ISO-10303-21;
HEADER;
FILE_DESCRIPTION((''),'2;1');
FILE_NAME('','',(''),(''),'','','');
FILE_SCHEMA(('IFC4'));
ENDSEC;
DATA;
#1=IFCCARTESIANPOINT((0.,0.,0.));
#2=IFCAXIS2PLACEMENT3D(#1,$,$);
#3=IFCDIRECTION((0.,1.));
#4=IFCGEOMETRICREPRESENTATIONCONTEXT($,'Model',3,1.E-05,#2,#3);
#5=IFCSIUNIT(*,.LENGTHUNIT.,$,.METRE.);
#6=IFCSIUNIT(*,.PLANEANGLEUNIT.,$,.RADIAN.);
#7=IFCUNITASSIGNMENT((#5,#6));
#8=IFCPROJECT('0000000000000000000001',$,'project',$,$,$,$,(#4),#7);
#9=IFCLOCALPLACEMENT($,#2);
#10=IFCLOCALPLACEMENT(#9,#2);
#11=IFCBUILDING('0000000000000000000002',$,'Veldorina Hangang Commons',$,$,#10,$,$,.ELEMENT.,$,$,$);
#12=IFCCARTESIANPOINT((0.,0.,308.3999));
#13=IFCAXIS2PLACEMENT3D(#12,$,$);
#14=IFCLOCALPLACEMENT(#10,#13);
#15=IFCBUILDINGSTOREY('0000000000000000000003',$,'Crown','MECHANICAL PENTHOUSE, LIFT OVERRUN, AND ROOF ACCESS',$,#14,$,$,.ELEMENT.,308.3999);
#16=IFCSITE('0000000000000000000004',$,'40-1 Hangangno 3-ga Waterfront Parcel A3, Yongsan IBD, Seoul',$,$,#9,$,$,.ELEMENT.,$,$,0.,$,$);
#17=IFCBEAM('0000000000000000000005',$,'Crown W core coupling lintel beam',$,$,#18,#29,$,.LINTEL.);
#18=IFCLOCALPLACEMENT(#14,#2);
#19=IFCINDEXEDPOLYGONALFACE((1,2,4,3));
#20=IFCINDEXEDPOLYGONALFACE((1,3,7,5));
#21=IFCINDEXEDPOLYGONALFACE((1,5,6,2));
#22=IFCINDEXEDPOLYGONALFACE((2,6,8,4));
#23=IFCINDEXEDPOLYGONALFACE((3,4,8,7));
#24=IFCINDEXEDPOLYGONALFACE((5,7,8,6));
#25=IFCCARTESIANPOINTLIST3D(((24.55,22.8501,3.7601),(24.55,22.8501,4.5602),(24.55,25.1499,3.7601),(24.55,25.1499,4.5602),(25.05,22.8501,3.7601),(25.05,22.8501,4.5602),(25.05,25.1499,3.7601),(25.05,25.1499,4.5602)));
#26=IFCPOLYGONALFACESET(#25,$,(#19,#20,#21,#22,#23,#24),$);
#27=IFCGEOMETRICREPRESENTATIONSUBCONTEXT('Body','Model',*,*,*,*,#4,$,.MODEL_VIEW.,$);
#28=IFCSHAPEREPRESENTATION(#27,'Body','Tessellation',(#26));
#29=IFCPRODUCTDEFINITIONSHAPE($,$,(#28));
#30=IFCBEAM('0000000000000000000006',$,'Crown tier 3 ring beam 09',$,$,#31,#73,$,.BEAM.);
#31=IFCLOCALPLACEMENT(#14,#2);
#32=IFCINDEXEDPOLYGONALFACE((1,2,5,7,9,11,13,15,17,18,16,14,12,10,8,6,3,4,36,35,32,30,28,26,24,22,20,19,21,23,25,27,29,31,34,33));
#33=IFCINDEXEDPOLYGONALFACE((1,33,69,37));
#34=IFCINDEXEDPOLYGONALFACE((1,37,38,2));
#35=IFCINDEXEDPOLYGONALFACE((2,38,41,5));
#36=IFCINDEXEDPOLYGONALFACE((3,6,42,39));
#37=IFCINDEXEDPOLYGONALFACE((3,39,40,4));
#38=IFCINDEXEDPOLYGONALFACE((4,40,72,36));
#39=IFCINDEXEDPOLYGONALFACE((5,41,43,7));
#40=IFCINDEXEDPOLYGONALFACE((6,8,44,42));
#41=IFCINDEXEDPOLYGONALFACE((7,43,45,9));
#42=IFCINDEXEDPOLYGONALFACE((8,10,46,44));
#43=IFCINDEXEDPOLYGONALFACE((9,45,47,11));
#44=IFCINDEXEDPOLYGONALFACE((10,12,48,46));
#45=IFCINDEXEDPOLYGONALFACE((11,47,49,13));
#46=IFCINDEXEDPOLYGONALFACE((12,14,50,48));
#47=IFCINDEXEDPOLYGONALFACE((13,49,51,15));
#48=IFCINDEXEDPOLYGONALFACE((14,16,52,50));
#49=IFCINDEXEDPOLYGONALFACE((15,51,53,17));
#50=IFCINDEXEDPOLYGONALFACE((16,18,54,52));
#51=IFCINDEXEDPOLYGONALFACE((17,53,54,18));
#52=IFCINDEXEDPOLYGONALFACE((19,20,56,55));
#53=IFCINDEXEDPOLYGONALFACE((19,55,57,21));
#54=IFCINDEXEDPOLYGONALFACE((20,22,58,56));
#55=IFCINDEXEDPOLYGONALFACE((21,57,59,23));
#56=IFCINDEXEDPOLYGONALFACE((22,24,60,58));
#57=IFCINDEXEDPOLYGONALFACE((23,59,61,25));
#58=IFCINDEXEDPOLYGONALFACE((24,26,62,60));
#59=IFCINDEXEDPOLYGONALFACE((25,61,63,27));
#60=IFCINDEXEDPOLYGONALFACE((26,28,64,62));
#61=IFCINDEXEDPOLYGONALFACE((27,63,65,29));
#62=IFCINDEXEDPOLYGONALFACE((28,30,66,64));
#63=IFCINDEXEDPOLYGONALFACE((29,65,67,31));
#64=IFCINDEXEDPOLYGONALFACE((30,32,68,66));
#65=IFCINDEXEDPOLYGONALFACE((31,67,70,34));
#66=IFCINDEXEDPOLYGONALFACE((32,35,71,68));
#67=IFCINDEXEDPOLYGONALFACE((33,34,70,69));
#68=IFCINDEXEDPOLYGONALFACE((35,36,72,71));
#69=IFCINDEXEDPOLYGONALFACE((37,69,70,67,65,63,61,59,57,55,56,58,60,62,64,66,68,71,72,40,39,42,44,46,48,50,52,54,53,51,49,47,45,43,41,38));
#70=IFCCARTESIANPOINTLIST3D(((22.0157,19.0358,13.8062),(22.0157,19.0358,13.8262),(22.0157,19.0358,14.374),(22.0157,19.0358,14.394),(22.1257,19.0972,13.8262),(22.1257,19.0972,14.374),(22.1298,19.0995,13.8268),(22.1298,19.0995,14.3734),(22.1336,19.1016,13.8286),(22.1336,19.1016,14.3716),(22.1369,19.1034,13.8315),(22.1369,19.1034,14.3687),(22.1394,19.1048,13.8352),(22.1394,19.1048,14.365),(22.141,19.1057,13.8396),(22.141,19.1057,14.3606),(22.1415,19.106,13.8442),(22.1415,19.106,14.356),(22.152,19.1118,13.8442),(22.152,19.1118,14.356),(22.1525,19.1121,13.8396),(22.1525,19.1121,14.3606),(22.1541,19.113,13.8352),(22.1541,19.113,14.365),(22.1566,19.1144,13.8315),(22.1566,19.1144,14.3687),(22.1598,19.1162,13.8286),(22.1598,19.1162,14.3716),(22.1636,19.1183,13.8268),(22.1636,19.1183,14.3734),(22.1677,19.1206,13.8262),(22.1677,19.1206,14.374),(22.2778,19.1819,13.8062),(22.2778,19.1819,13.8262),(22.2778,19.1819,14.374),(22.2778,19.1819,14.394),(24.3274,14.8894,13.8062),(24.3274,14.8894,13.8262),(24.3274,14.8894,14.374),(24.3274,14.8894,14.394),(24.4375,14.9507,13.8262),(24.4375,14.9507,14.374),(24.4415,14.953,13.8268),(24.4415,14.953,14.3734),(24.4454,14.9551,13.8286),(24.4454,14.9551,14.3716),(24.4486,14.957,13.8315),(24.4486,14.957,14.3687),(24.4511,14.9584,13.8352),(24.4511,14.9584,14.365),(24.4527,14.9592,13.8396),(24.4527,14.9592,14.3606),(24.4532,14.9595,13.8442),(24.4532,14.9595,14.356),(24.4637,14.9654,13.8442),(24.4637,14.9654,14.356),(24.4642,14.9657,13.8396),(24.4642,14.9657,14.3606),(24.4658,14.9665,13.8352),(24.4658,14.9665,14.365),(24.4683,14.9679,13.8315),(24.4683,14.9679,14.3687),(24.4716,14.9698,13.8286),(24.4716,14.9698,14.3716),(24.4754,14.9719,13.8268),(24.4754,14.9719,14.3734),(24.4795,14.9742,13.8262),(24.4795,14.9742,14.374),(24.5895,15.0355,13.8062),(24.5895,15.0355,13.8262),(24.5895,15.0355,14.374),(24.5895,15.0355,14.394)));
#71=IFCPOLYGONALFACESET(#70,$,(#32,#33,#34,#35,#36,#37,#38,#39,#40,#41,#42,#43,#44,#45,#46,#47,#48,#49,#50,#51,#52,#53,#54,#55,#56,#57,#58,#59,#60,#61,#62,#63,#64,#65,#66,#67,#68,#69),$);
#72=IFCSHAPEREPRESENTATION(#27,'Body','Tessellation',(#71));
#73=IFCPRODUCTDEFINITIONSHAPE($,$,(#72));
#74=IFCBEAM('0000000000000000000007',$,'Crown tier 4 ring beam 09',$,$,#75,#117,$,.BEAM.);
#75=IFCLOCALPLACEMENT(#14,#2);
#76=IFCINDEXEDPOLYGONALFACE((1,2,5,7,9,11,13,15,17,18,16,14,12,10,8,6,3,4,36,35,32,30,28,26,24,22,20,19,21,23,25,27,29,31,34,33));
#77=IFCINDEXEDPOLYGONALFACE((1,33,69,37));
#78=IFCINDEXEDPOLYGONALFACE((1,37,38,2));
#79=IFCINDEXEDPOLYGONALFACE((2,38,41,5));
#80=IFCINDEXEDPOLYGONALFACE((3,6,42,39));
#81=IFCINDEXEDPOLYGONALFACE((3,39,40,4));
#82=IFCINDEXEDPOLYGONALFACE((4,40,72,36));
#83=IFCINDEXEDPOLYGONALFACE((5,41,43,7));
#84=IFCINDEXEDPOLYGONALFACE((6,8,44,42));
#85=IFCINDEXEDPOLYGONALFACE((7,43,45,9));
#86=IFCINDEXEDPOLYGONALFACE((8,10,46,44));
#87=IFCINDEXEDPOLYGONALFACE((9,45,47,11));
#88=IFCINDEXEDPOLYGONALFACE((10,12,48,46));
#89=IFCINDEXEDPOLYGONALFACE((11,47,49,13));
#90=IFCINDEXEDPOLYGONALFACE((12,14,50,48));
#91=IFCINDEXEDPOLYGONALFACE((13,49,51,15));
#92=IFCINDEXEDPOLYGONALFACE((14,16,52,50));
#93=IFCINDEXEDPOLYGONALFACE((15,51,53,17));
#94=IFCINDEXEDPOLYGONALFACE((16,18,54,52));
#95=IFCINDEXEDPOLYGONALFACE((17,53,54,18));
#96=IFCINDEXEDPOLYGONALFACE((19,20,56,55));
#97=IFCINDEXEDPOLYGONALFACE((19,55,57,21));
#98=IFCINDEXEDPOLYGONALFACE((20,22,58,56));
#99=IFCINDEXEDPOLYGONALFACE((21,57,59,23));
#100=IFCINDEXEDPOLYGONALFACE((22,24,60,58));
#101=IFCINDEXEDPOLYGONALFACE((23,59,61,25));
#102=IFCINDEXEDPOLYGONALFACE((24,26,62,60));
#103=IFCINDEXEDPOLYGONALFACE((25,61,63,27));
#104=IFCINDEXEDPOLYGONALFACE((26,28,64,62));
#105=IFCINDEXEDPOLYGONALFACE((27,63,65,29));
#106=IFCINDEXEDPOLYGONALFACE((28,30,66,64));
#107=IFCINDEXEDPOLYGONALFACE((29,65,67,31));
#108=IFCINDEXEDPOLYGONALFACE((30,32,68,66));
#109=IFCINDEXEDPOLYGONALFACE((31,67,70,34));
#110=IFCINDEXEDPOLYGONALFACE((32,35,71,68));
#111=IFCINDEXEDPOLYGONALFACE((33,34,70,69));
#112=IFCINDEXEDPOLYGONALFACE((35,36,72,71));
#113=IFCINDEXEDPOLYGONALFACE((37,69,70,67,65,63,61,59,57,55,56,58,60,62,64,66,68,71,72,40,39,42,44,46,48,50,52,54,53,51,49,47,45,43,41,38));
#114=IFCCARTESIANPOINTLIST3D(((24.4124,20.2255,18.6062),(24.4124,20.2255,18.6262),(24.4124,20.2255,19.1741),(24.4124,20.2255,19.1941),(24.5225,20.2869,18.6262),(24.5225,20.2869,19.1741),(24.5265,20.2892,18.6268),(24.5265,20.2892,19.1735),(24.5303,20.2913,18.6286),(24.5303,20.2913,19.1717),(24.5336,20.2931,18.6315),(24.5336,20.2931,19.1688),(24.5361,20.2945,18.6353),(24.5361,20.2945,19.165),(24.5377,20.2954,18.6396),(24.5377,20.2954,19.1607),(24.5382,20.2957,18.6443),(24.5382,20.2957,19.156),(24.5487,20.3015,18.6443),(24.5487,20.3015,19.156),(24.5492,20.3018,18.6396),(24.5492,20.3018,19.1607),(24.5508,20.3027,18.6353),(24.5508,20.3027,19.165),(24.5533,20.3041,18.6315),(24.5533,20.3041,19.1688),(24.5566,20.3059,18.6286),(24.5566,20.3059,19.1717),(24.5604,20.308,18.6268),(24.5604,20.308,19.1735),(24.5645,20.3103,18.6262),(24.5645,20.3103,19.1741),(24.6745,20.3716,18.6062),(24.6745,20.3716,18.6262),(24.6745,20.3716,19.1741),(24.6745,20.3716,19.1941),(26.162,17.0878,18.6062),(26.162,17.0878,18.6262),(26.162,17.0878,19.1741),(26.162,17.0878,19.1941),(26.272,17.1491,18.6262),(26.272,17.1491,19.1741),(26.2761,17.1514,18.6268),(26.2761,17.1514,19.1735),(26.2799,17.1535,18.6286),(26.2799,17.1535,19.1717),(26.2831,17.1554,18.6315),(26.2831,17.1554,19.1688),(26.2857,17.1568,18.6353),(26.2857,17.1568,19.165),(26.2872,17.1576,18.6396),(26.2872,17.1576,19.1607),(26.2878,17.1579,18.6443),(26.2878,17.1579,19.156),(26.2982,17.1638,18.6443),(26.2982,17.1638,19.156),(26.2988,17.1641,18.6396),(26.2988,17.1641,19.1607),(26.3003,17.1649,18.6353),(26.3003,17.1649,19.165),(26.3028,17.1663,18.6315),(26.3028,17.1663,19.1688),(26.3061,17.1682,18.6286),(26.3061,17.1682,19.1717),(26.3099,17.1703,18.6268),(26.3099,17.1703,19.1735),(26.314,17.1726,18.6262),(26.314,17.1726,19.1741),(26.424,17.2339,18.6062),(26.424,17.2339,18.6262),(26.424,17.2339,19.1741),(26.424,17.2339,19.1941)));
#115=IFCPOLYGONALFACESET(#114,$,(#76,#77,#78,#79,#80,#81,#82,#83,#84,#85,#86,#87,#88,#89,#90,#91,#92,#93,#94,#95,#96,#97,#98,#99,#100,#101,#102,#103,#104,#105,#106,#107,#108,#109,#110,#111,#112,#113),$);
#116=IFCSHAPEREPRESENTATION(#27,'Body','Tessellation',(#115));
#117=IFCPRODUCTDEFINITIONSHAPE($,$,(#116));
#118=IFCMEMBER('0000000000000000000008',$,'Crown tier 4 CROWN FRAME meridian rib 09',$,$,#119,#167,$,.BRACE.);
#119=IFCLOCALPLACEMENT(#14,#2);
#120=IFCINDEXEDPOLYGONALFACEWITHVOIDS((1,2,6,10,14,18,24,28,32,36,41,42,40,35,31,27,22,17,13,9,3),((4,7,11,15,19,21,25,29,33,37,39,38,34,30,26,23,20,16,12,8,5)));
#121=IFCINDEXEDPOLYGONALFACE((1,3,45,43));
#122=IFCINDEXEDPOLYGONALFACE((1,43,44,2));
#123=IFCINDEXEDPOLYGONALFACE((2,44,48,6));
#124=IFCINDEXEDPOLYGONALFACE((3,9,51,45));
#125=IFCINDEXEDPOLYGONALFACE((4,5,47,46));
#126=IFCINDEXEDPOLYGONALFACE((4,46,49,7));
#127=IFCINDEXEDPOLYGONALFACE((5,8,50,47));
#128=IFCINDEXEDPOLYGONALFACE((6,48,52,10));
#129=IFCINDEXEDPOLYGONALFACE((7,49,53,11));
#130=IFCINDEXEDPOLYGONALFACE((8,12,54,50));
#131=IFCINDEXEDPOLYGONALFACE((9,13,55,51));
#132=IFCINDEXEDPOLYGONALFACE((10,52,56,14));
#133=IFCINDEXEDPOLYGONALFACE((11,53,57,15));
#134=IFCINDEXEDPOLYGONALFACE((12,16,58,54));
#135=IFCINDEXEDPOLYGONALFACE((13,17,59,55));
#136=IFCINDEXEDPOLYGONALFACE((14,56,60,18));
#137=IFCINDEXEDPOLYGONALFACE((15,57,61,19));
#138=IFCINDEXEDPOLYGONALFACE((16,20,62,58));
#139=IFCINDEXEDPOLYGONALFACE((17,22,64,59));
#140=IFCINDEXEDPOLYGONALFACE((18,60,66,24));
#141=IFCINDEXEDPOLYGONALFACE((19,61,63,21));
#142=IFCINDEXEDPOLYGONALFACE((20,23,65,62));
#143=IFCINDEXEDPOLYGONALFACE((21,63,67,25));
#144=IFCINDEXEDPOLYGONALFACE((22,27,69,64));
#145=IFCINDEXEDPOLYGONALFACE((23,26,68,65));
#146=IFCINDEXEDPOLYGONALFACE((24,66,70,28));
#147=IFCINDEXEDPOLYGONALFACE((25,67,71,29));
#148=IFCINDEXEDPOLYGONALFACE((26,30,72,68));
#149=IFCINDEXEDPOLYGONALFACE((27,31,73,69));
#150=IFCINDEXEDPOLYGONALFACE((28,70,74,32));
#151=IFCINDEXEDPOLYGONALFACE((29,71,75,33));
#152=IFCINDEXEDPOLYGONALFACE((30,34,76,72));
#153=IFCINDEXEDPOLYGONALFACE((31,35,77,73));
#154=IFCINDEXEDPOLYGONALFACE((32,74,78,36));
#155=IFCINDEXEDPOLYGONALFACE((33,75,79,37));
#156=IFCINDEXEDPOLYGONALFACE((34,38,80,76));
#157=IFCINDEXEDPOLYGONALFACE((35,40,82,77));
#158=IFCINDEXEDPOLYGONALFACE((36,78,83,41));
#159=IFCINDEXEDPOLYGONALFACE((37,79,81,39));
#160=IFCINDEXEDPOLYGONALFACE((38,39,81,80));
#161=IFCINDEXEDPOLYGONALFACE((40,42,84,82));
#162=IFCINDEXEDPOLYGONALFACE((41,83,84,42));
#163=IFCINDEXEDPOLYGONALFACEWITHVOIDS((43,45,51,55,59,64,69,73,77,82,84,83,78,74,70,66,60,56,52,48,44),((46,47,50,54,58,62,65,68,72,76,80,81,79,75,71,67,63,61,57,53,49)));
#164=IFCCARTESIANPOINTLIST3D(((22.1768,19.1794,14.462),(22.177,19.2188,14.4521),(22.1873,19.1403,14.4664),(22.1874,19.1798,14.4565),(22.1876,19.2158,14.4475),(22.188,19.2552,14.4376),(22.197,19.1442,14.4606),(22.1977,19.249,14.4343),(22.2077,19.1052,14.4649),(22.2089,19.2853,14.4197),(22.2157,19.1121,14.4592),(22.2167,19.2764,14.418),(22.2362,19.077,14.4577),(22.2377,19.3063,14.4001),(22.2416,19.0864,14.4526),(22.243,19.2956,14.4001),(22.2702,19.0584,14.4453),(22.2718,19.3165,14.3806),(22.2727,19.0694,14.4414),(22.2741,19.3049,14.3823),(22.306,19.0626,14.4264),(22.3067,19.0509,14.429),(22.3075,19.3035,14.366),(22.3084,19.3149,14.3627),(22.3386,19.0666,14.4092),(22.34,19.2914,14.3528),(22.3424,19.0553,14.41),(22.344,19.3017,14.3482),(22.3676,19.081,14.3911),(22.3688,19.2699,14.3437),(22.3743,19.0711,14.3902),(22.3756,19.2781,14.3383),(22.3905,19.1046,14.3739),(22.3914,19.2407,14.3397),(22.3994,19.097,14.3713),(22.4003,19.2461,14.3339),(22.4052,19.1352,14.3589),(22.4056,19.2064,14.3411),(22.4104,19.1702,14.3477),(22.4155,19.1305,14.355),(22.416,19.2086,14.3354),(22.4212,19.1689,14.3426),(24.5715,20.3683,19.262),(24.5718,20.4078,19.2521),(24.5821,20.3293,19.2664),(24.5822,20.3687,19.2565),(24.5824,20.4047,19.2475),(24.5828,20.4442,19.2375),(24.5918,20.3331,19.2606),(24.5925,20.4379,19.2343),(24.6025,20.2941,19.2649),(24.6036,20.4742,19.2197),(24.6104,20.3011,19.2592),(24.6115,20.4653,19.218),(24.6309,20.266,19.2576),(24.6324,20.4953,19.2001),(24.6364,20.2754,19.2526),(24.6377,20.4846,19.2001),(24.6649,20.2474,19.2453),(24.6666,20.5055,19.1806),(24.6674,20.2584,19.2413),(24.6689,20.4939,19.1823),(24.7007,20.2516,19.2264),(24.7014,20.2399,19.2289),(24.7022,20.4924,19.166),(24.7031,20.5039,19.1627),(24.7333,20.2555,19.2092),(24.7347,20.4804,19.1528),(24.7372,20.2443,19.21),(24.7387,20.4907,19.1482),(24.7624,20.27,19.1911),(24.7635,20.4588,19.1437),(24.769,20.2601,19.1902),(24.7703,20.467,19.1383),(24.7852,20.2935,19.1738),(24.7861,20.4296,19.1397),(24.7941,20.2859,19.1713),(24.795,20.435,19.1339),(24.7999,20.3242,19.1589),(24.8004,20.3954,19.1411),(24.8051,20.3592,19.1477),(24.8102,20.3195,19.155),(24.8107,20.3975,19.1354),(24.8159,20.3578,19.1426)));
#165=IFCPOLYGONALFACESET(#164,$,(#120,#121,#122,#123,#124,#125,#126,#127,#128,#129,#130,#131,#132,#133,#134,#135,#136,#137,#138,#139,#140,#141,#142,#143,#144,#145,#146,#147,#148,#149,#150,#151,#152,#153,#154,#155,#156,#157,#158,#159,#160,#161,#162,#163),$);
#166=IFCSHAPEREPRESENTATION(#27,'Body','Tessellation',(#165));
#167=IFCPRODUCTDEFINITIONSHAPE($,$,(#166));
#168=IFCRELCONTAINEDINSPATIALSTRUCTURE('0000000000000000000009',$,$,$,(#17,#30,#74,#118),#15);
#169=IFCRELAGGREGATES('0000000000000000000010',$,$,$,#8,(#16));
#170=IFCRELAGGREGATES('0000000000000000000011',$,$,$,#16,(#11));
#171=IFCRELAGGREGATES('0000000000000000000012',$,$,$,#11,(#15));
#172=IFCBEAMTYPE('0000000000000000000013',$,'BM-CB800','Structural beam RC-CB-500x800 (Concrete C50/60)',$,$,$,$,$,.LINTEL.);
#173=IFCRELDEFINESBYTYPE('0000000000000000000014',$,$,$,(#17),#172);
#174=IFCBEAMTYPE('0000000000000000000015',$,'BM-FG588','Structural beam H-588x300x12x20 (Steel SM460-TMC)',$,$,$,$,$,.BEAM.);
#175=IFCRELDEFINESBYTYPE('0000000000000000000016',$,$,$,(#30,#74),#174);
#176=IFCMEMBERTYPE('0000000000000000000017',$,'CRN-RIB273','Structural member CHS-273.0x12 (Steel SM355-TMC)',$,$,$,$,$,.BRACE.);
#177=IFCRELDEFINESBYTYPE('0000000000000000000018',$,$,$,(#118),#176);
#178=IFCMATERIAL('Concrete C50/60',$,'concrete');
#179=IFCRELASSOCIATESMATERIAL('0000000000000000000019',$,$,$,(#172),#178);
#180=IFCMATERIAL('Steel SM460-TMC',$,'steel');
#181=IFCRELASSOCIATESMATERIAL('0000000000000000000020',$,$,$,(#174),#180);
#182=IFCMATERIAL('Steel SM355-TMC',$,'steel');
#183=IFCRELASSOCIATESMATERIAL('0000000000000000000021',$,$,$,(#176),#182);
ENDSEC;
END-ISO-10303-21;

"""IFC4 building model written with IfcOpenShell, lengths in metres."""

from ifc_helpers import new_model, si_unit, direction, frame, origin, origin_2d, place, context, subcontext, project, spatial, rectangle, hollow_circle, i_section, extrude, material, material_profile, profile_set, type_object, element, save


model = new_model("IFC4")

# Units and contexts
model_context = context("Model", 3, precision=1e-05, world=origin(), true_north=direction((0.0, 1.0)))
body_context = subcontext(model_context, "Body", "Model", "MODEL_VIEW")
ifc_project = project(units=[si_unit("LENGTHUNIT", "METRE"), si_unit("PLANEANGLEUNIT", "RADIAN")], contexts=[model_context])

# Site, building, storey
site_placement = place(None, origin())
site = spatial("IfcSite", under=ifc_project, at=site_placement, Name="40-1 Hangangno 3-ga Waterfront Parcel A3, Yongsan IBD, Seoul", CompositionType="ELEMENT", RefElevation=0.0)
building_placement = place(site_placement, origin())
building = spatial("IfcBuilding", under=site, at=building_placement, Name="Veldorina Hangang Commons", CompositionType="ELEMENT")
storey_placement = place(building_placement, frame((0.0, 0.0, 308.3999)))
storey = spatial("IfcBuildingStorey", under=building, at=storey_placement, Name="Crown", Description="MECHANICAL PENTHOUSE, LIFT OVERRUN, AND ROOF ACCESS", CompositionType="ELEMENT", Elevation=308.3999)

# Beams
ifc_material_1 = material(Name="Concrete C50/60", Category="concrete")
ifc_material_profile_1 = material_profile(ifc_material_1, rectangle(XDim=0.5, YDim=0.8, at=origin_2d()), Name="RC-CB-500x800")
ifc_profile_set_1 = profile_set([ifc_material_profile_1], Name="Concrete C50/60")
beam_type_1 = type_object("IfcBeamType", Name="BM-CB800", Description="Structural beam RC-CB-500x800 (Concrete C50/60)", PredefinedType="LINTEL", material=ifc_profile_set_1)
beam_1_placement = place(storey_placement, frame((24.8, 22.8501, 4.1602), z_axis=(0.0, 1.0, 0.0), x_axis=(-1.0, 0.0, 0.0)))
element("IfcBeam", 1, at=beam_1_placement, inside=storey, type_object=beam_type_1, Name="Crown W core coupling lintel beam", PredefinedType="LINTEL", context=body_context, shape_type="SweptSolid", body=[
    extrude(rectangle(XDim=0.5, YDim=0.8, at=origin_2d()), origin(), (0.0, 0.0, 1.0), 2.2998),
])
ifc_material_2 = material(Name="Steel SM460-TMC", Category="steel")
ifc_material_profile_2 = material_profile(ifc_material_2, i_section(OverallWidth=0.3, OverallDepth=0.5879, WebThickness=0.012, FlangeThickness=0.02, FilletRadius=0.0181, at=origin_2d()), Name="H-588x300x12x20")
ifc_profile_set_2 = profile_set([ifc_material_profile_2], Name="Steel SM460-TMC")
beam_type_2 = type_object("IfcBeamType", Name="BM-FG588", Description="Structural beam H-588x300x12x20 (Steel SM460-TMC)", PredefinedType="BEAM", material=ifc_profile_set_2)
beam_2_placement = place(storey_placement, frame((22.1467, 19.1089, 14.1001), z_axis=(0.486957, -0.873426, 0.0), x_axis=(0.873426, 0.486957, 0.0)))
element("IfcBeam", 2, at=beam_2_placement, inside=storey, type_object=beam_type_2, Name="Crown tier 3 ring beam 09", PredefinedType="BEAM", context=body_context, shape_type="SweptSolid", body=[
    extrude(i_section(OverallWidth=0.3, OverallDepth=0.5879, WebThickness=0.012, FlangeThickness=0.02, FilletRadius=0.0181, at=origin_2d()), origin(), (0.0, 0.0, 1.0), 4.7473),
])
beam_3_placement = place(storey_placement, frame((24.5435, 20.2986, 18.9001), z_axis=(0.486993, -0.873406, 0.0), x_axis=(0.873406, 0.486993, 0.0)))
element("IfcBeam", 3, at=beam_3_placement, inside=storey, type_object=beam_type_2, Name="Crown tier 4 ring beam 09", PredefinedType="BEAM", context=body_context, shape_type="SweptSolid", body=[
    extrude(i_section(OverallWidth=0.3, OverallDepth=0.5879, WebThickness=0.012, FlangeThickness=0.02, FilletRadius=0.0181, at=origin_2d()), origin(), (0.0, 0.0, 1.0), 3.5925),
])

# Member
ifc_material_3 = material(Name="Steel SM355-TMC", Category="steel")
ifc_material_profile_3 = material_profile(ifc_material_3, hollow_circle(Radius=0.1365, WallThickness=0.012, at=origin_2d()), Name="CHS-273.0x12")
ifc_profile_set_3 = profile_set([ifc_material_profile_3], Name="Steel SM355-TMC")
member_type_1 = type_object("IfcMemberType", Name="CRN-RIB273", Description="Structural member CHS-273.0x12 (Steel SM355-TMC)", PredefinedType="BRACE", material=ifc_profile_set_3)
member_1_placement = place(storey_placement, frame((22.2983, 19.1841, 14.4001), z_axis=(0.435853, 0.216394, 0.873617), x_axis=(-0.444692, 0.895684, 0.0)))
element("IfcMember", 4, at=member_1_placement, inside=storey, type_object=member_type_1, Name="Crown tier 4 CROWN FRAME meridian rib 09", PredefinedType="BRACE", context=body_context, shape_type="SweptSolid", body=[
    extrude(hollow_circle(Radius=0.1365, WallThickness=0.012, at=origin_2d()), origin(), (0.0, 0.0, 1.0), 5.4944),
])

save(model, "model.ifc")
